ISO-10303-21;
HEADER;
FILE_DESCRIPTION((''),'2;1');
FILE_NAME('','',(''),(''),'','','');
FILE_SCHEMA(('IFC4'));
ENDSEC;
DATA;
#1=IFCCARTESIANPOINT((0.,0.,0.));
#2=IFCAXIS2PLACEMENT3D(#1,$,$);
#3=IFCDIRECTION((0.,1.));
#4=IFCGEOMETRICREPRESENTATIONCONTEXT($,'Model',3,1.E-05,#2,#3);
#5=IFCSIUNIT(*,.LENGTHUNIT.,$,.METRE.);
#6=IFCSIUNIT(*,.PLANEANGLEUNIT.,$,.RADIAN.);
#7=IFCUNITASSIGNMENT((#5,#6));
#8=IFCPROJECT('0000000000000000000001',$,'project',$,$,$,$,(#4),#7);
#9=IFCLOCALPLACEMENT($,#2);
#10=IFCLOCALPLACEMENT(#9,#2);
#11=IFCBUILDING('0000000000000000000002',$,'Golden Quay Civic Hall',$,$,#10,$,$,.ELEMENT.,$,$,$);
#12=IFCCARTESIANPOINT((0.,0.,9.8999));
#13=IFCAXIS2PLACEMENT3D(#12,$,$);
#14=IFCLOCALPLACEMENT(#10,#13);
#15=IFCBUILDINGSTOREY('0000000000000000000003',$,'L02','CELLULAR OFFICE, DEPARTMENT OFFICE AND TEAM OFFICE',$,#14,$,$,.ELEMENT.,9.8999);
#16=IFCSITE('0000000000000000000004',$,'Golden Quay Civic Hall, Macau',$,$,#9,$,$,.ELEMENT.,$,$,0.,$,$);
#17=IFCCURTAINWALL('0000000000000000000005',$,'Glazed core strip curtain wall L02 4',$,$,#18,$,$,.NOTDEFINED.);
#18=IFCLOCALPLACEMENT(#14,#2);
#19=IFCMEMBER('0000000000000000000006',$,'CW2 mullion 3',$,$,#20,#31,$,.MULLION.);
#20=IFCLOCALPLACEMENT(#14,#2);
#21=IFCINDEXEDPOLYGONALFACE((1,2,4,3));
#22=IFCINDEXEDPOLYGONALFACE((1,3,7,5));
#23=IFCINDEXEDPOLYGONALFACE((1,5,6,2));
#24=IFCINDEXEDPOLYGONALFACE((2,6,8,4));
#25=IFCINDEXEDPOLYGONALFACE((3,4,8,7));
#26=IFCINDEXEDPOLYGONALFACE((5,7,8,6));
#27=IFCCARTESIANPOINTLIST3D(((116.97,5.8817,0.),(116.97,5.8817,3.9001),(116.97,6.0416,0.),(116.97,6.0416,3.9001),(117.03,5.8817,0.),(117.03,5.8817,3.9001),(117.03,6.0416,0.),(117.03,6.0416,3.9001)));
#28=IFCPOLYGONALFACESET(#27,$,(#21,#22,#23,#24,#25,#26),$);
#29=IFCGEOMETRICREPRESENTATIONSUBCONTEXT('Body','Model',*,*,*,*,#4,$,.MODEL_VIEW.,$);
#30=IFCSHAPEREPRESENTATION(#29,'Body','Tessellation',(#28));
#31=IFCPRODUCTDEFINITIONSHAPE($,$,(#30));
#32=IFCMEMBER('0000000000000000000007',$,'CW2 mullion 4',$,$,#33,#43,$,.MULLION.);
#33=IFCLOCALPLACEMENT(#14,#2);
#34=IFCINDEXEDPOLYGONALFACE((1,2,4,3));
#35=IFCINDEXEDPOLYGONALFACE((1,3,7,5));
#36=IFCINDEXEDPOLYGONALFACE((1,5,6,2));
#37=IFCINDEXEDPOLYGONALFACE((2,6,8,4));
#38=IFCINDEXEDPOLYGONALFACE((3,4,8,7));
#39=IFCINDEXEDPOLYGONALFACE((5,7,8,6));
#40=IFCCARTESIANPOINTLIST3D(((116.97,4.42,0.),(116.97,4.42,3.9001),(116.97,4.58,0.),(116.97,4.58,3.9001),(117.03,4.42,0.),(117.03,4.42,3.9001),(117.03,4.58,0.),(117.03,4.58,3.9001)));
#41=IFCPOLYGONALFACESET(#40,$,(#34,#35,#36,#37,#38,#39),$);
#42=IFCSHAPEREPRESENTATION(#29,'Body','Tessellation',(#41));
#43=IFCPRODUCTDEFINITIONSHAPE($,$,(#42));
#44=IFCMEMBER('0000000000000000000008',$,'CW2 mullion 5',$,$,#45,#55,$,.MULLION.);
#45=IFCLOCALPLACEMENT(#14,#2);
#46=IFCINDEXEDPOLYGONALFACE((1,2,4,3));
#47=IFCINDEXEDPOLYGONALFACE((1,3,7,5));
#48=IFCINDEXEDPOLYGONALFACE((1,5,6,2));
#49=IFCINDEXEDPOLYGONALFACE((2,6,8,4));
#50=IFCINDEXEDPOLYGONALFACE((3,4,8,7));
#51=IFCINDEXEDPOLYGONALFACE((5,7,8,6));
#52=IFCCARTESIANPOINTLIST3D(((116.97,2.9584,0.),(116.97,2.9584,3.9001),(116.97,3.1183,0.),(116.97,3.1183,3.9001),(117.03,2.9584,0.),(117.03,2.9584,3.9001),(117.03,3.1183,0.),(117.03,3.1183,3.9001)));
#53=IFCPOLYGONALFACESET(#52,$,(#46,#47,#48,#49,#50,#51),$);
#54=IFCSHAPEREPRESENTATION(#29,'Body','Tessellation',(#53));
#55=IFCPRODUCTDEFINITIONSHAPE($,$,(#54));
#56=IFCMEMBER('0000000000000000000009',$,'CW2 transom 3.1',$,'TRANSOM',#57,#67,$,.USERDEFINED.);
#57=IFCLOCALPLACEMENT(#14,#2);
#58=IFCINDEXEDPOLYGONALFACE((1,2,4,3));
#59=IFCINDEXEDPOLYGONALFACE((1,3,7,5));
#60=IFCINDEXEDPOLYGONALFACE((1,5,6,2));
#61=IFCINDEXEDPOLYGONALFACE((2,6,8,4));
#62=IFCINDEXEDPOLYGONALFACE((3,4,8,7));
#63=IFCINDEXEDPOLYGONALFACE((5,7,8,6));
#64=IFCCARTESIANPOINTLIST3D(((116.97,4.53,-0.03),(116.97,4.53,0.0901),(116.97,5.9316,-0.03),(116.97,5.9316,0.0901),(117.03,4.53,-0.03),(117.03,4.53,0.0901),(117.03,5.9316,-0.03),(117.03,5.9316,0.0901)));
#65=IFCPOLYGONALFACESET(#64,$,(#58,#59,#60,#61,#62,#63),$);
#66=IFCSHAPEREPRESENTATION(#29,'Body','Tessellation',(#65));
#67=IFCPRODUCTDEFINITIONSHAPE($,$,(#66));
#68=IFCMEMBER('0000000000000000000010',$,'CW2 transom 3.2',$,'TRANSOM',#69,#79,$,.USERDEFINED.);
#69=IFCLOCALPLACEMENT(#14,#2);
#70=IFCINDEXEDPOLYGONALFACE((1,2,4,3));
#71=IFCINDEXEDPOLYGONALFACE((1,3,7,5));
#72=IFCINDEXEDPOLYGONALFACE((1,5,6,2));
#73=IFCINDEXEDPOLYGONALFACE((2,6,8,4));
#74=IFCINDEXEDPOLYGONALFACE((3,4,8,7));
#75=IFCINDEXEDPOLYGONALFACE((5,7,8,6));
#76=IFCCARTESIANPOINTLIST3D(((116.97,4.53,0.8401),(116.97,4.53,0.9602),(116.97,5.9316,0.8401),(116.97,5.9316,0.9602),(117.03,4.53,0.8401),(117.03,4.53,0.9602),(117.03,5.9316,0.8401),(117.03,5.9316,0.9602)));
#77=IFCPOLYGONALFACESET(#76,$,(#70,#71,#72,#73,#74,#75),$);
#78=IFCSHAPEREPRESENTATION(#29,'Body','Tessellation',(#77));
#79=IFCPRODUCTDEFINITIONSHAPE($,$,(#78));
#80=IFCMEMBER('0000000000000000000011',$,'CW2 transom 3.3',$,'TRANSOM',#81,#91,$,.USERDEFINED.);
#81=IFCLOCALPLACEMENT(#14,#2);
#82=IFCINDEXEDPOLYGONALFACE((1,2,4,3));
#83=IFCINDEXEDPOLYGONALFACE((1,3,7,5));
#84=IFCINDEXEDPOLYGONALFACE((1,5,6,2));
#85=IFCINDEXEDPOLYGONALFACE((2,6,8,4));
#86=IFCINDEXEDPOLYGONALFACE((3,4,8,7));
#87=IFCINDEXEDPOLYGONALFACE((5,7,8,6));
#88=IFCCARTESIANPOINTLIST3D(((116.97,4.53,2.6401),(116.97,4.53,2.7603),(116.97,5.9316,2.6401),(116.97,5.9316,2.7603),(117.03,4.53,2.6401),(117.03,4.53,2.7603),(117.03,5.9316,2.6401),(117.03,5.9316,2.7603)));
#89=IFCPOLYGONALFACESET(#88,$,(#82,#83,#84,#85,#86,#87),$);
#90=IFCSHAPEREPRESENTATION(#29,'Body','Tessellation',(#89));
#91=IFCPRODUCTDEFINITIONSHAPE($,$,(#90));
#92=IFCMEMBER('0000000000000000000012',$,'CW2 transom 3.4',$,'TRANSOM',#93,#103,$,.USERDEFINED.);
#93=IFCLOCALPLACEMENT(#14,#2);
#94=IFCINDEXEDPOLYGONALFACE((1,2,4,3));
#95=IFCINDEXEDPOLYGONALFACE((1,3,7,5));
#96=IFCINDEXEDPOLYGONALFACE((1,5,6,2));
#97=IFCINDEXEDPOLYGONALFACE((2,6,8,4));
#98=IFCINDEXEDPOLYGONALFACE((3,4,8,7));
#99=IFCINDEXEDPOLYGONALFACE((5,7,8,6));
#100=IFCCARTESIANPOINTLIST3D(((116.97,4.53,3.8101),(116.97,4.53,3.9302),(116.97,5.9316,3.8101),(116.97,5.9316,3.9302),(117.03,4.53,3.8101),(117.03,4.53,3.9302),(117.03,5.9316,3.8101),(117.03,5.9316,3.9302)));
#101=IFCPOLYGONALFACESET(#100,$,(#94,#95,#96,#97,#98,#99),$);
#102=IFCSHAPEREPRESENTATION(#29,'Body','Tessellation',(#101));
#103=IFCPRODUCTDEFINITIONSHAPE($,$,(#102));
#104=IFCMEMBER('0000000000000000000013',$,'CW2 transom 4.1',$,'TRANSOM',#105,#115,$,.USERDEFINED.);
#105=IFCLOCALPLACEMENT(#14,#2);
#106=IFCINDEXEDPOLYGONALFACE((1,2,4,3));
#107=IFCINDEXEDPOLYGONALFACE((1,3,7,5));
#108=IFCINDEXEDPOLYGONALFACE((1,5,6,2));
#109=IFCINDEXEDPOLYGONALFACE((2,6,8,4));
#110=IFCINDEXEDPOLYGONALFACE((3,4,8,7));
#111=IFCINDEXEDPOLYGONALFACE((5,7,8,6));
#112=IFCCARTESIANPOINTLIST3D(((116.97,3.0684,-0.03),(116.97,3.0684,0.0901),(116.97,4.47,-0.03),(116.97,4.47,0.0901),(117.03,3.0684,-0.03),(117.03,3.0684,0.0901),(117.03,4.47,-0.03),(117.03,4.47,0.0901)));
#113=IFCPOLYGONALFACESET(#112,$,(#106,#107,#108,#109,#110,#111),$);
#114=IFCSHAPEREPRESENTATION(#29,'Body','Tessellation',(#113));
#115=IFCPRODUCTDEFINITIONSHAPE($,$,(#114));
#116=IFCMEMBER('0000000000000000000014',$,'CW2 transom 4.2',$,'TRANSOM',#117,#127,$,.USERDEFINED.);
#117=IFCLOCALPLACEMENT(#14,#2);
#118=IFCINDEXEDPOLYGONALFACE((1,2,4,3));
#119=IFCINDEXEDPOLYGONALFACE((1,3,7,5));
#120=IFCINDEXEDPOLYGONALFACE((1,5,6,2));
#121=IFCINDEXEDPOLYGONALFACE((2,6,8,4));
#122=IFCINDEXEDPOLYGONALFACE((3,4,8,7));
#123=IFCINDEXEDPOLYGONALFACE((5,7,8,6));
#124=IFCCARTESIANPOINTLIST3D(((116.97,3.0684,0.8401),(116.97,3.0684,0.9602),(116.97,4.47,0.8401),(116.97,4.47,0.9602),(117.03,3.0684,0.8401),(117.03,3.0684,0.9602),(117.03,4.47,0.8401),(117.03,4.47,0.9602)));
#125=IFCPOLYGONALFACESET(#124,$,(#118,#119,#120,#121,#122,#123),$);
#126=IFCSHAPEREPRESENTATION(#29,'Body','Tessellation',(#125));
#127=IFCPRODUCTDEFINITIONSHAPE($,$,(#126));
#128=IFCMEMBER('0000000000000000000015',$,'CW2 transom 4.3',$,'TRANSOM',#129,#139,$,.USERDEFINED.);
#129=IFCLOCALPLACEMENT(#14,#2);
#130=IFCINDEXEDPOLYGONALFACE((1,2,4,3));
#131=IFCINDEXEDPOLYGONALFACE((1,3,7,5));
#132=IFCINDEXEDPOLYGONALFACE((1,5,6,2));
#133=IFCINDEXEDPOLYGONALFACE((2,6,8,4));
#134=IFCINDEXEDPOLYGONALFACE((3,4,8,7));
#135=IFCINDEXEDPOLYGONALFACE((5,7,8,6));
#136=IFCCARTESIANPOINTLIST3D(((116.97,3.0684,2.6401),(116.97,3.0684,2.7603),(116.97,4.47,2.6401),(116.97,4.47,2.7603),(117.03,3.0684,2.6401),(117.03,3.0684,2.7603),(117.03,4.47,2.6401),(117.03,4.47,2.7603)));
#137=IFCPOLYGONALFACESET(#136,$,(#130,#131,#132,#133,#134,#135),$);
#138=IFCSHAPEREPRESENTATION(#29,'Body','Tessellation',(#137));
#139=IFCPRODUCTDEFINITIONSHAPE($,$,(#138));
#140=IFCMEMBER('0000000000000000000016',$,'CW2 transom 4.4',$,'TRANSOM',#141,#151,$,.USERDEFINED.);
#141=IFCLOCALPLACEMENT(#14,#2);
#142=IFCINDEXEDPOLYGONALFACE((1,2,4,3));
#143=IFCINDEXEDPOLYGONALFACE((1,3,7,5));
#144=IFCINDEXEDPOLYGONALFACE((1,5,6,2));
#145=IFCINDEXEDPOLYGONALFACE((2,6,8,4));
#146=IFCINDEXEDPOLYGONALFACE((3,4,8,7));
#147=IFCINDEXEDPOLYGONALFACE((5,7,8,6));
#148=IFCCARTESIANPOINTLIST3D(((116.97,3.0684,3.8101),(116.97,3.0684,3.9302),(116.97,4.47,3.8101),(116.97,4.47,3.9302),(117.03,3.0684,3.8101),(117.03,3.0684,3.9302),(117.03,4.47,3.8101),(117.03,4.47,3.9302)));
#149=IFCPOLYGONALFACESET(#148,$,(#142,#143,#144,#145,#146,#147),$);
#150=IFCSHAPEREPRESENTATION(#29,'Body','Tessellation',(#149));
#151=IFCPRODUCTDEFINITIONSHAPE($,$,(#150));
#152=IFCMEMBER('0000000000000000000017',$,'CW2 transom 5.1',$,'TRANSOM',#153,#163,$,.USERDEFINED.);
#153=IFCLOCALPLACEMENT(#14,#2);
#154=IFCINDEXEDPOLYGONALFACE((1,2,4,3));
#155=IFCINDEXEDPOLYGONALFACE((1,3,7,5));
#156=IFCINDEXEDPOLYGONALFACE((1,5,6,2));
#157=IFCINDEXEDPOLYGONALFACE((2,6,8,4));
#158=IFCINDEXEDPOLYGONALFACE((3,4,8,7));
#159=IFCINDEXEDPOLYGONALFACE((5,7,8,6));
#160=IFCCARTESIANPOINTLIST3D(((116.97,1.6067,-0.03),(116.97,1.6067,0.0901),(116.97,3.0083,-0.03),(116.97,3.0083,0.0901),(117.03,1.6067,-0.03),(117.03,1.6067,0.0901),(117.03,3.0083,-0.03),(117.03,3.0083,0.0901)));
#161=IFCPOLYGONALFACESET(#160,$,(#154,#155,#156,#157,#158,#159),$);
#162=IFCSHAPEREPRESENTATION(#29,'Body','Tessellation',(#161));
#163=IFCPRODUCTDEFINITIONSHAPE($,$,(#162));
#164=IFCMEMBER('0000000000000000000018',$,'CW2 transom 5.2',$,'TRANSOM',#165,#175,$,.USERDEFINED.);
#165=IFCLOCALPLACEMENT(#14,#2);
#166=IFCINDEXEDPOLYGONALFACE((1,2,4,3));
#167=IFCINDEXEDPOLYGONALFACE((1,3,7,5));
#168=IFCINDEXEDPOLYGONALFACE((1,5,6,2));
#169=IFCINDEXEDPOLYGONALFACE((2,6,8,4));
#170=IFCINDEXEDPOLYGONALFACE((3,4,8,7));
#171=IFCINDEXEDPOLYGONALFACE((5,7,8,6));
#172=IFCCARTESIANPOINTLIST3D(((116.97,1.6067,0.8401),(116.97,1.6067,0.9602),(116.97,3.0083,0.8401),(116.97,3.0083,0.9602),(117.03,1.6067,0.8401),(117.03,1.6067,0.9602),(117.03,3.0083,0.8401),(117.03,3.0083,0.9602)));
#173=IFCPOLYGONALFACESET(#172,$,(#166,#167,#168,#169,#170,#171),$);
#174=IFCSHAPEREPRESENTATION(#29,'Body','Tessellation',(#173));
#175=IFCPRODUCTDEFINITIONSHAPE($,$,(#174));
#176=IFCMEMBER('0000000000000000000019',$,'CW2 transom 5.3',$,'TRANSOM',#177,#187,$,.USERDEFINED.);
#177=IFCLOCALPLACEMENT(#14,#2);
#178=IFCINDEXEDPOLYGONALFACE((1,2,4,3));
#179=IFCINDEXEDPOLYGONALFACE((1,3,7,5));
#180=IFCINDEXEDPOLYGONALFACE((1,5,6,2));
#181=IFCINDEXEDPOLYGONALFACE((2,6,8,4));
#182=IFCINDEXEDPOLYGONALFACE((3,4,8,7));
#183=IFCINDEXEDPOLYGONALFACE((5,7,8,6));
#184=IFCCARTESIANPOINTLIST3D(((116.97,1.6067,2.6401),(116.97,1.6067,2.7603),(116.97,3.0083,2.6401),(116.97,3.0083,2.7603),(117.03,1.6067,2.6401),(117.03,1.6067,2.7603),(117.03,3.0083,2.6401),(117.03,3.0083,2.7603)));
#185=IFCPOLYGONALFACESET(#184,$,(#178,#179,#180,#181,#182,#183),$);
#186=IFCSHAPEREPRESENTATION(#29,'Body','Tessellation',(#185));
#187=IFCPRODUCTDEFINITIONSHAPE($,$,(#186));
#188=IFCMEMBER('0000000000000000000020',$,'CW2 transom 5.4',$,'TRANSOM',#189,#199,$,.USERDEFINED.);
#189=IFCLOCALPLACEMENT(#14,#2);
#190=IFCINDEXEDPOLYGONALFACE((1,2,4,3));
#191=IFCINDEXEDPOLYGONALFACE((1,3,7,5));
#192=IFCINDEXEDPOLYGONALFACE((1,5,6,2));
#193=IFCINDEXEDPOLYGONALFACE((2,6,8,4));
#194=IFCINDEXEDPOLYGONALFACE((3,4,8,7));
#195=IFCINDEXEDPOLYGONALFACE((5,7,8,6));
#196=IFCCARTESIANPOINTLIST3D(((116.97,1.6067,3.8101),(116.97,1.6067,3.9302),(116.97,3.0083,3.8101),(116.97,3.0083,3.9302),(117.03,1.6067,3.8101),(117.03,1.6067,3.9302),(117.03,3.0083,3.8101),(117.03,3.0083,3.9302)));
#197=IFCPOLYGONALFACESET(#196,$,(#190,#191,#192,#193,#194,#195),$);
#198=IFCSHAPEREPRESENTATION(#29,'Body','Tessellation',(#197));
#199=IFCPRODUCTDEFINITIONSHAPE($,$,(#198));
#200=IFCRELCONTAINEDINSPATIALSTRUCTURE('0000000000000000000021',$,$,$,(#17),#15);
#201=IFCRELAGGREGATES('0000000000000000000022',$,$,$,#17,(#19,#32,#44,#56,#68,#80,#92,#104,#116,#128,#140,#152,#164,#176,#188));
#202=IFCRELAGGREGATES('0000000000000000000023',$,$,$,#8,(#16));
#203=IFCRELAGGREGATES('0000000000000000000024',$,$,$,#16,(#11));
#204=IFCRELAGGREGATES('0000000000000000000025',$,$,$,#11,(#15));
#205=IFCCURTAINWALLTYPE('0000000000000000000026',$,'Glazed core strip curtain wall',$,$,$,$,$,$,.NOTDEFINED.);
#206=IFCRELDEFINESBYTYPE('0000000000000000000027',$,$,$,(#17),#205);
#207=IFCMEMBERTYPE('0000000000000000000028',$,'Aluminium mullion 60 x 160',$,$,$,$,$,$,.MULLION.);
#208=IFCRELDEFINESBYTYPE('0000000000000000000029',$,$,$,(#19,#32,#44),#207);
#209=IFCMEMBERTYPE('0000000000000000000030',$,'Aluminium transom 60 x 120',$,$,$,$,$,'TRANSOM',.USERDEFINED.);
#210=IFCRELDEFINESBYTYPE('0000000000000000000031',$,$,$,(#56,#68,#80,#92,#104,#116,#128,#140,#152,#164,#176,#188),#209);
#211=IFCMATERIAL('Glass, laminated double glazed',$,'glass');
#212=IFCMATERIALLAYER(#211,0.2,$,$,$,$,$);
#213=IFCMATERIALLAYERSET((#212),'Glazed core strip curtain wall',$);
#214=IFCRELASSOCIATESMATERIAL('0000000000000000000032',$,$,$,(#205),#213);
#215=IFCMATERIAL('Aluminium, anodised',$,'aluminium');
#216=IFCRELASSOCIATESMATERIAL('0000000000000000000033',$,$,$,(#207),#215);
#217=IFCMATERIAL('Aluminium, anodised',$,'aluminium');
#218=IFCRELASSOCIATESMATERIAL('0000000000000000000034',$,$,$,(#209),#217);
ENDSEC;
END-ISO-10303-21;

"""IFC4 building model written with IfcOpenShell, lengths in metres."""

from ifc_helpers import new_model, si_unit, direction, frame, origin, origin_2d, place, context, subcontext, project, spatial, rectangle, extrude, material, layer, layer_set, material_profile, profile_set, type_object, element, aggregate, save


model = new_model("IFC4")

# Units and contexts
model_context = context("Model", 3, precision=1e-05, world=origin(), true_north=direction((0.0, 1.0)))
body_context = subcontext(model_context, "Body", "Model", "MODEL_VIEW")
ifc_project = project(units=[si_unit("LENGTHUNIT", "METRE"), si_unit("PLANEANGLEUNIT", "RADIAN")], contexts=[model_context])

# Site, building, storey
site_placement = place(None, origin())
site = spatial("IfcSite", under=ifc_project, at=site_placement, Name="Golden Quay Civic Hall, Macau", CompositionType="ELEMENT", RefElevation=0.0)
building_placement = place(site_placement, origin())
building = spatial("IfcBuilding", under=site, at=building_placement, Name="Golden Quay Civic Hall", CompositionType="ELEMENT")
storey_placement = place(building_placement, frame((0.0, 0.0, 9.8999)))
storey = spatial("IfcBuildingStorey", under=building, at=storey_placement, Name="L02", Description="CELLULAR OFFICE, DEPARTMENT OFFICE AND TEAM OFFICE", CompositionType="ELEMENT", Elevation=9.8999)

# Curtain wall, members
ifc_material_1 = material(Name="Glass, laminated double glazed", Category="glass")
ifc_layer_1 = layer(ifc_material_1, 0.2)
ifc_layer_set_1 = layer_set([ifc_layer_1], Name="Glazed core strip curtain wall")
curtain_wall_type = type_object("IfcCurtainWallType", Name="Glazed core strip curtain wall", PredefinedType="NOTDEFINED", material=ifc_layer_set_1)
curtain_wall_placement = place(storey_placement, origin())
curtain_wall = element("IfcCurtainWall", 1, at=curtain_wall_placement, inside=storey, type_object=curtain_wall_type, Name="Glazed core strip curtain wall L02 4", PredefinedType="NOTDEFINED")
ifc_material_2 = material(Name="Aluminium, anodised", Category="aluminium")
ifc_material_profile_1 = material_profile(ifc_material_2, rectangle(XDim=0.0601, YDim=0.1599, at=origin_2d()), Name="Aluminium 60 x 160")
ifc_profile_set_1 = profile_set([ifc_material_profile_1], Name="Aluminium, anodised")
member_type_1 = type_object("IfcMemberType", Name="Aluminium mullion 60 x 160", PredefinedType="MULLION", material=ifc_profile_set_1)
member_1_placement = place(storey_placement, frame((117.0, 5.9617, 0.0), z_axis=(0.0, 0.0, 1.0), x_axis=(1.0, 0.0, 0.0)))
member_1 = element("IfcMember", 2, at=member_1_placement, type_object=member_type_1, Name="CW2 mullion 3", PredefinedType="MULLION", context=body_context, shape_type="SweptSolid", body=[
    extrude(rectangle(XDim=0.0601, YDim=0.1599, at=origin_2d()), origin(), (0.0, 0.0, 1.0), 3.9001),
])
member_2_placement = place(storey_placement, frame((117.0, 4.5, 0.0), z_axis=(0.0, 0.0, 1.0), x_axis=(1.0, 0.0, 0.0)))
member_2 = element("IfcMember", 3, at=member_2_placement, type_object=member_type_1, Name="CW2 mullion 4", PredefinedType="MULLION", context=body_context, shape_type="SweptSolid", body=[
    extrude(rectangle(XDim=0.0601, YDim=0.1599, at=origin_2d()), origin(), (0.0, 0.0, 1.0), 3.9001),
])
member_3_placement = place(storey_placement, frame((117.0, 3.0383, 0.0), z_axis=(0.0, 0.0, 1.0), x_axis=(1.0, 0.0, 0.0)))
member_3 = element("IfcMember", 4, at=member_3_placement, type_object=member_type_1, Name="CW2 mullion 5", PredefinedType="MULLION", context=body_context, shape_type="SweptSolid", body=[
    extrude(rectangle(XDim=0.0601, YDim=0.1599, at=origin_2d()), origin(), (0.0, 0.0, 1.0), 3.9001),
])
ifc_material_3 = material(Name="Aluminium, anodised", Category="aluminium")
ifc_material_profile_2 = material_profile(ifc_material_3, rectangle(XDim=0.0601, YDim=0.1201, at=origin_2d()), Name="Aluminium 60 x 120")
ifc_profile_set_2 = profile_set([ifc_material_profile_2], Name="Aluminium, anodised")
member_type_2 = type_object("IfcMemberType", Name="Aluminium transom 60 x 120", ElementType="TRANSOM", PredefinedType="USERDEFINED", material=ifc_profile_set_2)
member_4_placement = place(storey_placement, frame((117.0, 5.9316, 0.03), z_axis=(0.0, -1.0, 0.0), x_axis=(1.0, 0.0, 0.0)))
member_4 = element("IfcMember", 5, at=member_4_placement, type_object=member_type_2, Name="CW2 transom 3.1", ObjectType="TRANSOM", PredefinedType="USERDEFINED", context=body_context, shape_type="SweptSolid", body=[
    extrude(rectangle(XDim=0.0601, YDim=0.1201, at=origin_2d()), origin(), (0.0, 0.0, 1.0), 1.4016),
])
member_5_placement = place(storey_placement, frame((117.0, 5.9316, 0.9001), z_axis=(0.0, -1.0, 0.0), x_axis=(1.0, 0.0, 0.0)))
member_5 = element("IfcMember", 6, at=member_5_placement, type_object=member_type_2, Name="CW2 transom 3.2", ObjectType="TRANSOM", PredefinedType="USERDEFINED", context=body_context, shape_type="SweptSolid", body=[
    extrude(rectangle(XDim=0.0601, YDim=0.1201, at=origin_2d()), origin(), (0.0, 0.0, 1.0), 1.4016),
])
member_6_placement = place(storey_placement, frame((117.0, 5.9316, 2.7002), z_axis=(0.0, -1.0, 0.0), x_axis=(1.0, 0.0, 0.0)))
member_6 = element("IfcMember", 7, at=member_6_placement, type_object=member_type_2, Name="CW2 transom 3.3", ObjectType="TRANSOM", PredefinedType="USERDEFINED", context=body_context, shape_type="SweptSolid", body=[
    extrude(rectangle(XDim=0.0601, YDim=0.1201, at=origin_2d()), origin(), (0.0, 0.0, 1.0), 1.4016),
])
member_7_placement = place(storey_placement, frame((117.0, 5.9316, 3.8701), z_axis=(0.0, -1.0, 0.0), x_axis=(1.0, 0.0, 0.0)))
member_7 = element("IfcMember", 8, at=member_7_placement, type_object=member_type_2, Name="CW2 transom 3.4", ObjectType="TRANSOM", PredefinedType="USERDEFINED", context=body_context, shape_type="SweptSolid", body=[
    extrude(rectangle(XDim=0.0601, YDim=0.1201, at=origin_2d()), origin(), (0.0, 0.0, 1.0), 1.4016),
])
member_8_placement = place(storey_placement, frame((117.0, 4.47, 0.03), z_axis=(0.0, -1.0, 0.0), x_axis=(1.0, 0.0, 0.0)))
member_8 = element("IfcMember", 9, at=member_8_placement, type_object=member_type_2, Name="CW2 transom 4.1", ObjectType="TRANSOM", PredefinedType="USERDEFINED", context=body_context, shape_type="SweptSolid", body=[
    extrude(rectangle(XDim=0.0601, YDim=0.1201, at=origin_2d()), origin(), (0.0, 0.0, 1.0), 1.4016),
])
member_9_placement = place(storey_placement, frame((117.0, 4.47, 0.9001), z_axis=(0.0, -1.0, 0.0), x_axis=(1.0, 0.0, 0.0)))
member_9 = element("IfcMember", 10, at=member_9_placement, type_object=member_type_2, Name="CW2 transom 4.2", ObjectType="TRANSOM", PredefinedType="USERDEFINED", context=body_context, shape_type="SweptSolid", body=[
    extrude(rectangle(XDim=0.0601, YDim=0.1201, at=origin_2d()), origin(), (0.0, 0.0, 1.0), 1.4016),
])
member_10_placement = place(storey_placement, frame((117.0, 4.47, 2.7002), z_axis=(0.0, -1.0, 0.0), x_axis=(1.0, 0.0, 0.0)))
member_10 = element("IfcMember", 11, at=member_10_placement, type_object=member_type_2, Name="CW2 transom 4.3", ObjectType="TRANSOM", PredefinedType="USERDEFINED", context=body_context, shape_type="SweptSolid", body=[
    extrude(rectangle(XDim=0.0601, YDim=0.1201, at=origin_2d()), origin(), (0.0, 0.0, 1.0), 1.4016),
])
member_11_placement = place(storey_placement, frame((117.0, 4.47, 3.8701), z_axis=(0.0, -1.0, 0.0), x_axis=(1.0, 0.0, 0.0)))
member_11 = element("IfcMember", 12, at=member_11_placement, type_object=member_type_2, Name="CW2 transom 4.4", ObjectType="TRANSOM", PredefinedType="USERDEFINED", context=body_context, shape_type="SweptSolid", body=[
    extrude(rectangle(XDim=0.0601, YDim=0.1201, at=origin_2d()), origin(), (0.0, 0.0, 1.0), 1.4016),
])
member_12_placement = place(storey_placement, frame((117.0, 3.0083, 0.03), z_axis=(0.0, -1.0, 0.0), x_axis=(1.0, 0.0, 0.0)))
member_12 = element("IfcMember", 13, at=member_12_placement, type_object=member_type_2, Name="CW2 transom 5.1", ObjectType="TRANSOM", PredefinedType="USERDEFINED", context=body_context, shape_type="SweptSolid", body=[
    extrude(rectangle(XDim=0.0601, YDim=0.1201, at=origin_2d()), origin(), (0.0, 0.0, 1.0), 1.4016),
])
member_13_placement = place(storey_placement, frame((117.0, 3.0083, 0.9001), z_axis=(0.0, -1.0, 0.0), x_axis=(1.0, 0.0, 0.0)))
member_13 = element("IfcMember", 14, at=member_13_placement, type_object=member_type_2, Name="CW2 transom 5.2", ObjectType="TRANSOM", PredefinedType="USERDEFINED", context=body_context, shape_type="SweptSolid", body=[
    extrude(rectangle(XDim=0.0601, YDim=0.1201, at=origin_2d()), origin(), (0.0, 0.0, 1.0), 1.4016),
])
member_14_placement = place(storey_placement, frame((117.0, 3.0083, 2.7002), z_axis=(0.0, -1.0, 0.0), x_axis=(1.0, 0.0, 0.0)))
member_14 = element("IfcMember", 15, at=member_14_placement, type_object=member_type_2, Name="CW2 transom 5.3", ObjectType="TRANSOM", PredefinedType="USERDEFINED", context=body_context, shape_type="SweptSolid", body=[
    extrude(rectangle(XDim=0.0601, YDim=0.1201, at=origin_2d()), origin(), (0.0, 0.0, 1.0), 1.4016),
])
member_15_placement = place(storey_placement, frame((117.0, 3.0083, 3.8701), z_axis=(0.0, -1.0, 0.0), x_axis=(1.0, 0.0, 0.0)))
member_15 = element("IfcMember", 16, at=member_15_placement, type_object=member_type_2, Name="CW2 transom 5.4", ObjectType="TRANSOM", PredefinedType="USERDEFINED", context=body_context, shape_type="SweptSolid", body=[
    extrude(rectangle(XDim=0.0601, YDim=0.1201, at=origin_2d()), origin(), (0.0, 0.0, 1.0), 1.4016),
])

aggregate(curtain_wall, [member_1, member_2, member_3, member_4, member_5, member_6, member_7, member_8, member_9, member_10, member_11, member_12, member_13, member_14, member_15])

save(model, "model.ifc")
